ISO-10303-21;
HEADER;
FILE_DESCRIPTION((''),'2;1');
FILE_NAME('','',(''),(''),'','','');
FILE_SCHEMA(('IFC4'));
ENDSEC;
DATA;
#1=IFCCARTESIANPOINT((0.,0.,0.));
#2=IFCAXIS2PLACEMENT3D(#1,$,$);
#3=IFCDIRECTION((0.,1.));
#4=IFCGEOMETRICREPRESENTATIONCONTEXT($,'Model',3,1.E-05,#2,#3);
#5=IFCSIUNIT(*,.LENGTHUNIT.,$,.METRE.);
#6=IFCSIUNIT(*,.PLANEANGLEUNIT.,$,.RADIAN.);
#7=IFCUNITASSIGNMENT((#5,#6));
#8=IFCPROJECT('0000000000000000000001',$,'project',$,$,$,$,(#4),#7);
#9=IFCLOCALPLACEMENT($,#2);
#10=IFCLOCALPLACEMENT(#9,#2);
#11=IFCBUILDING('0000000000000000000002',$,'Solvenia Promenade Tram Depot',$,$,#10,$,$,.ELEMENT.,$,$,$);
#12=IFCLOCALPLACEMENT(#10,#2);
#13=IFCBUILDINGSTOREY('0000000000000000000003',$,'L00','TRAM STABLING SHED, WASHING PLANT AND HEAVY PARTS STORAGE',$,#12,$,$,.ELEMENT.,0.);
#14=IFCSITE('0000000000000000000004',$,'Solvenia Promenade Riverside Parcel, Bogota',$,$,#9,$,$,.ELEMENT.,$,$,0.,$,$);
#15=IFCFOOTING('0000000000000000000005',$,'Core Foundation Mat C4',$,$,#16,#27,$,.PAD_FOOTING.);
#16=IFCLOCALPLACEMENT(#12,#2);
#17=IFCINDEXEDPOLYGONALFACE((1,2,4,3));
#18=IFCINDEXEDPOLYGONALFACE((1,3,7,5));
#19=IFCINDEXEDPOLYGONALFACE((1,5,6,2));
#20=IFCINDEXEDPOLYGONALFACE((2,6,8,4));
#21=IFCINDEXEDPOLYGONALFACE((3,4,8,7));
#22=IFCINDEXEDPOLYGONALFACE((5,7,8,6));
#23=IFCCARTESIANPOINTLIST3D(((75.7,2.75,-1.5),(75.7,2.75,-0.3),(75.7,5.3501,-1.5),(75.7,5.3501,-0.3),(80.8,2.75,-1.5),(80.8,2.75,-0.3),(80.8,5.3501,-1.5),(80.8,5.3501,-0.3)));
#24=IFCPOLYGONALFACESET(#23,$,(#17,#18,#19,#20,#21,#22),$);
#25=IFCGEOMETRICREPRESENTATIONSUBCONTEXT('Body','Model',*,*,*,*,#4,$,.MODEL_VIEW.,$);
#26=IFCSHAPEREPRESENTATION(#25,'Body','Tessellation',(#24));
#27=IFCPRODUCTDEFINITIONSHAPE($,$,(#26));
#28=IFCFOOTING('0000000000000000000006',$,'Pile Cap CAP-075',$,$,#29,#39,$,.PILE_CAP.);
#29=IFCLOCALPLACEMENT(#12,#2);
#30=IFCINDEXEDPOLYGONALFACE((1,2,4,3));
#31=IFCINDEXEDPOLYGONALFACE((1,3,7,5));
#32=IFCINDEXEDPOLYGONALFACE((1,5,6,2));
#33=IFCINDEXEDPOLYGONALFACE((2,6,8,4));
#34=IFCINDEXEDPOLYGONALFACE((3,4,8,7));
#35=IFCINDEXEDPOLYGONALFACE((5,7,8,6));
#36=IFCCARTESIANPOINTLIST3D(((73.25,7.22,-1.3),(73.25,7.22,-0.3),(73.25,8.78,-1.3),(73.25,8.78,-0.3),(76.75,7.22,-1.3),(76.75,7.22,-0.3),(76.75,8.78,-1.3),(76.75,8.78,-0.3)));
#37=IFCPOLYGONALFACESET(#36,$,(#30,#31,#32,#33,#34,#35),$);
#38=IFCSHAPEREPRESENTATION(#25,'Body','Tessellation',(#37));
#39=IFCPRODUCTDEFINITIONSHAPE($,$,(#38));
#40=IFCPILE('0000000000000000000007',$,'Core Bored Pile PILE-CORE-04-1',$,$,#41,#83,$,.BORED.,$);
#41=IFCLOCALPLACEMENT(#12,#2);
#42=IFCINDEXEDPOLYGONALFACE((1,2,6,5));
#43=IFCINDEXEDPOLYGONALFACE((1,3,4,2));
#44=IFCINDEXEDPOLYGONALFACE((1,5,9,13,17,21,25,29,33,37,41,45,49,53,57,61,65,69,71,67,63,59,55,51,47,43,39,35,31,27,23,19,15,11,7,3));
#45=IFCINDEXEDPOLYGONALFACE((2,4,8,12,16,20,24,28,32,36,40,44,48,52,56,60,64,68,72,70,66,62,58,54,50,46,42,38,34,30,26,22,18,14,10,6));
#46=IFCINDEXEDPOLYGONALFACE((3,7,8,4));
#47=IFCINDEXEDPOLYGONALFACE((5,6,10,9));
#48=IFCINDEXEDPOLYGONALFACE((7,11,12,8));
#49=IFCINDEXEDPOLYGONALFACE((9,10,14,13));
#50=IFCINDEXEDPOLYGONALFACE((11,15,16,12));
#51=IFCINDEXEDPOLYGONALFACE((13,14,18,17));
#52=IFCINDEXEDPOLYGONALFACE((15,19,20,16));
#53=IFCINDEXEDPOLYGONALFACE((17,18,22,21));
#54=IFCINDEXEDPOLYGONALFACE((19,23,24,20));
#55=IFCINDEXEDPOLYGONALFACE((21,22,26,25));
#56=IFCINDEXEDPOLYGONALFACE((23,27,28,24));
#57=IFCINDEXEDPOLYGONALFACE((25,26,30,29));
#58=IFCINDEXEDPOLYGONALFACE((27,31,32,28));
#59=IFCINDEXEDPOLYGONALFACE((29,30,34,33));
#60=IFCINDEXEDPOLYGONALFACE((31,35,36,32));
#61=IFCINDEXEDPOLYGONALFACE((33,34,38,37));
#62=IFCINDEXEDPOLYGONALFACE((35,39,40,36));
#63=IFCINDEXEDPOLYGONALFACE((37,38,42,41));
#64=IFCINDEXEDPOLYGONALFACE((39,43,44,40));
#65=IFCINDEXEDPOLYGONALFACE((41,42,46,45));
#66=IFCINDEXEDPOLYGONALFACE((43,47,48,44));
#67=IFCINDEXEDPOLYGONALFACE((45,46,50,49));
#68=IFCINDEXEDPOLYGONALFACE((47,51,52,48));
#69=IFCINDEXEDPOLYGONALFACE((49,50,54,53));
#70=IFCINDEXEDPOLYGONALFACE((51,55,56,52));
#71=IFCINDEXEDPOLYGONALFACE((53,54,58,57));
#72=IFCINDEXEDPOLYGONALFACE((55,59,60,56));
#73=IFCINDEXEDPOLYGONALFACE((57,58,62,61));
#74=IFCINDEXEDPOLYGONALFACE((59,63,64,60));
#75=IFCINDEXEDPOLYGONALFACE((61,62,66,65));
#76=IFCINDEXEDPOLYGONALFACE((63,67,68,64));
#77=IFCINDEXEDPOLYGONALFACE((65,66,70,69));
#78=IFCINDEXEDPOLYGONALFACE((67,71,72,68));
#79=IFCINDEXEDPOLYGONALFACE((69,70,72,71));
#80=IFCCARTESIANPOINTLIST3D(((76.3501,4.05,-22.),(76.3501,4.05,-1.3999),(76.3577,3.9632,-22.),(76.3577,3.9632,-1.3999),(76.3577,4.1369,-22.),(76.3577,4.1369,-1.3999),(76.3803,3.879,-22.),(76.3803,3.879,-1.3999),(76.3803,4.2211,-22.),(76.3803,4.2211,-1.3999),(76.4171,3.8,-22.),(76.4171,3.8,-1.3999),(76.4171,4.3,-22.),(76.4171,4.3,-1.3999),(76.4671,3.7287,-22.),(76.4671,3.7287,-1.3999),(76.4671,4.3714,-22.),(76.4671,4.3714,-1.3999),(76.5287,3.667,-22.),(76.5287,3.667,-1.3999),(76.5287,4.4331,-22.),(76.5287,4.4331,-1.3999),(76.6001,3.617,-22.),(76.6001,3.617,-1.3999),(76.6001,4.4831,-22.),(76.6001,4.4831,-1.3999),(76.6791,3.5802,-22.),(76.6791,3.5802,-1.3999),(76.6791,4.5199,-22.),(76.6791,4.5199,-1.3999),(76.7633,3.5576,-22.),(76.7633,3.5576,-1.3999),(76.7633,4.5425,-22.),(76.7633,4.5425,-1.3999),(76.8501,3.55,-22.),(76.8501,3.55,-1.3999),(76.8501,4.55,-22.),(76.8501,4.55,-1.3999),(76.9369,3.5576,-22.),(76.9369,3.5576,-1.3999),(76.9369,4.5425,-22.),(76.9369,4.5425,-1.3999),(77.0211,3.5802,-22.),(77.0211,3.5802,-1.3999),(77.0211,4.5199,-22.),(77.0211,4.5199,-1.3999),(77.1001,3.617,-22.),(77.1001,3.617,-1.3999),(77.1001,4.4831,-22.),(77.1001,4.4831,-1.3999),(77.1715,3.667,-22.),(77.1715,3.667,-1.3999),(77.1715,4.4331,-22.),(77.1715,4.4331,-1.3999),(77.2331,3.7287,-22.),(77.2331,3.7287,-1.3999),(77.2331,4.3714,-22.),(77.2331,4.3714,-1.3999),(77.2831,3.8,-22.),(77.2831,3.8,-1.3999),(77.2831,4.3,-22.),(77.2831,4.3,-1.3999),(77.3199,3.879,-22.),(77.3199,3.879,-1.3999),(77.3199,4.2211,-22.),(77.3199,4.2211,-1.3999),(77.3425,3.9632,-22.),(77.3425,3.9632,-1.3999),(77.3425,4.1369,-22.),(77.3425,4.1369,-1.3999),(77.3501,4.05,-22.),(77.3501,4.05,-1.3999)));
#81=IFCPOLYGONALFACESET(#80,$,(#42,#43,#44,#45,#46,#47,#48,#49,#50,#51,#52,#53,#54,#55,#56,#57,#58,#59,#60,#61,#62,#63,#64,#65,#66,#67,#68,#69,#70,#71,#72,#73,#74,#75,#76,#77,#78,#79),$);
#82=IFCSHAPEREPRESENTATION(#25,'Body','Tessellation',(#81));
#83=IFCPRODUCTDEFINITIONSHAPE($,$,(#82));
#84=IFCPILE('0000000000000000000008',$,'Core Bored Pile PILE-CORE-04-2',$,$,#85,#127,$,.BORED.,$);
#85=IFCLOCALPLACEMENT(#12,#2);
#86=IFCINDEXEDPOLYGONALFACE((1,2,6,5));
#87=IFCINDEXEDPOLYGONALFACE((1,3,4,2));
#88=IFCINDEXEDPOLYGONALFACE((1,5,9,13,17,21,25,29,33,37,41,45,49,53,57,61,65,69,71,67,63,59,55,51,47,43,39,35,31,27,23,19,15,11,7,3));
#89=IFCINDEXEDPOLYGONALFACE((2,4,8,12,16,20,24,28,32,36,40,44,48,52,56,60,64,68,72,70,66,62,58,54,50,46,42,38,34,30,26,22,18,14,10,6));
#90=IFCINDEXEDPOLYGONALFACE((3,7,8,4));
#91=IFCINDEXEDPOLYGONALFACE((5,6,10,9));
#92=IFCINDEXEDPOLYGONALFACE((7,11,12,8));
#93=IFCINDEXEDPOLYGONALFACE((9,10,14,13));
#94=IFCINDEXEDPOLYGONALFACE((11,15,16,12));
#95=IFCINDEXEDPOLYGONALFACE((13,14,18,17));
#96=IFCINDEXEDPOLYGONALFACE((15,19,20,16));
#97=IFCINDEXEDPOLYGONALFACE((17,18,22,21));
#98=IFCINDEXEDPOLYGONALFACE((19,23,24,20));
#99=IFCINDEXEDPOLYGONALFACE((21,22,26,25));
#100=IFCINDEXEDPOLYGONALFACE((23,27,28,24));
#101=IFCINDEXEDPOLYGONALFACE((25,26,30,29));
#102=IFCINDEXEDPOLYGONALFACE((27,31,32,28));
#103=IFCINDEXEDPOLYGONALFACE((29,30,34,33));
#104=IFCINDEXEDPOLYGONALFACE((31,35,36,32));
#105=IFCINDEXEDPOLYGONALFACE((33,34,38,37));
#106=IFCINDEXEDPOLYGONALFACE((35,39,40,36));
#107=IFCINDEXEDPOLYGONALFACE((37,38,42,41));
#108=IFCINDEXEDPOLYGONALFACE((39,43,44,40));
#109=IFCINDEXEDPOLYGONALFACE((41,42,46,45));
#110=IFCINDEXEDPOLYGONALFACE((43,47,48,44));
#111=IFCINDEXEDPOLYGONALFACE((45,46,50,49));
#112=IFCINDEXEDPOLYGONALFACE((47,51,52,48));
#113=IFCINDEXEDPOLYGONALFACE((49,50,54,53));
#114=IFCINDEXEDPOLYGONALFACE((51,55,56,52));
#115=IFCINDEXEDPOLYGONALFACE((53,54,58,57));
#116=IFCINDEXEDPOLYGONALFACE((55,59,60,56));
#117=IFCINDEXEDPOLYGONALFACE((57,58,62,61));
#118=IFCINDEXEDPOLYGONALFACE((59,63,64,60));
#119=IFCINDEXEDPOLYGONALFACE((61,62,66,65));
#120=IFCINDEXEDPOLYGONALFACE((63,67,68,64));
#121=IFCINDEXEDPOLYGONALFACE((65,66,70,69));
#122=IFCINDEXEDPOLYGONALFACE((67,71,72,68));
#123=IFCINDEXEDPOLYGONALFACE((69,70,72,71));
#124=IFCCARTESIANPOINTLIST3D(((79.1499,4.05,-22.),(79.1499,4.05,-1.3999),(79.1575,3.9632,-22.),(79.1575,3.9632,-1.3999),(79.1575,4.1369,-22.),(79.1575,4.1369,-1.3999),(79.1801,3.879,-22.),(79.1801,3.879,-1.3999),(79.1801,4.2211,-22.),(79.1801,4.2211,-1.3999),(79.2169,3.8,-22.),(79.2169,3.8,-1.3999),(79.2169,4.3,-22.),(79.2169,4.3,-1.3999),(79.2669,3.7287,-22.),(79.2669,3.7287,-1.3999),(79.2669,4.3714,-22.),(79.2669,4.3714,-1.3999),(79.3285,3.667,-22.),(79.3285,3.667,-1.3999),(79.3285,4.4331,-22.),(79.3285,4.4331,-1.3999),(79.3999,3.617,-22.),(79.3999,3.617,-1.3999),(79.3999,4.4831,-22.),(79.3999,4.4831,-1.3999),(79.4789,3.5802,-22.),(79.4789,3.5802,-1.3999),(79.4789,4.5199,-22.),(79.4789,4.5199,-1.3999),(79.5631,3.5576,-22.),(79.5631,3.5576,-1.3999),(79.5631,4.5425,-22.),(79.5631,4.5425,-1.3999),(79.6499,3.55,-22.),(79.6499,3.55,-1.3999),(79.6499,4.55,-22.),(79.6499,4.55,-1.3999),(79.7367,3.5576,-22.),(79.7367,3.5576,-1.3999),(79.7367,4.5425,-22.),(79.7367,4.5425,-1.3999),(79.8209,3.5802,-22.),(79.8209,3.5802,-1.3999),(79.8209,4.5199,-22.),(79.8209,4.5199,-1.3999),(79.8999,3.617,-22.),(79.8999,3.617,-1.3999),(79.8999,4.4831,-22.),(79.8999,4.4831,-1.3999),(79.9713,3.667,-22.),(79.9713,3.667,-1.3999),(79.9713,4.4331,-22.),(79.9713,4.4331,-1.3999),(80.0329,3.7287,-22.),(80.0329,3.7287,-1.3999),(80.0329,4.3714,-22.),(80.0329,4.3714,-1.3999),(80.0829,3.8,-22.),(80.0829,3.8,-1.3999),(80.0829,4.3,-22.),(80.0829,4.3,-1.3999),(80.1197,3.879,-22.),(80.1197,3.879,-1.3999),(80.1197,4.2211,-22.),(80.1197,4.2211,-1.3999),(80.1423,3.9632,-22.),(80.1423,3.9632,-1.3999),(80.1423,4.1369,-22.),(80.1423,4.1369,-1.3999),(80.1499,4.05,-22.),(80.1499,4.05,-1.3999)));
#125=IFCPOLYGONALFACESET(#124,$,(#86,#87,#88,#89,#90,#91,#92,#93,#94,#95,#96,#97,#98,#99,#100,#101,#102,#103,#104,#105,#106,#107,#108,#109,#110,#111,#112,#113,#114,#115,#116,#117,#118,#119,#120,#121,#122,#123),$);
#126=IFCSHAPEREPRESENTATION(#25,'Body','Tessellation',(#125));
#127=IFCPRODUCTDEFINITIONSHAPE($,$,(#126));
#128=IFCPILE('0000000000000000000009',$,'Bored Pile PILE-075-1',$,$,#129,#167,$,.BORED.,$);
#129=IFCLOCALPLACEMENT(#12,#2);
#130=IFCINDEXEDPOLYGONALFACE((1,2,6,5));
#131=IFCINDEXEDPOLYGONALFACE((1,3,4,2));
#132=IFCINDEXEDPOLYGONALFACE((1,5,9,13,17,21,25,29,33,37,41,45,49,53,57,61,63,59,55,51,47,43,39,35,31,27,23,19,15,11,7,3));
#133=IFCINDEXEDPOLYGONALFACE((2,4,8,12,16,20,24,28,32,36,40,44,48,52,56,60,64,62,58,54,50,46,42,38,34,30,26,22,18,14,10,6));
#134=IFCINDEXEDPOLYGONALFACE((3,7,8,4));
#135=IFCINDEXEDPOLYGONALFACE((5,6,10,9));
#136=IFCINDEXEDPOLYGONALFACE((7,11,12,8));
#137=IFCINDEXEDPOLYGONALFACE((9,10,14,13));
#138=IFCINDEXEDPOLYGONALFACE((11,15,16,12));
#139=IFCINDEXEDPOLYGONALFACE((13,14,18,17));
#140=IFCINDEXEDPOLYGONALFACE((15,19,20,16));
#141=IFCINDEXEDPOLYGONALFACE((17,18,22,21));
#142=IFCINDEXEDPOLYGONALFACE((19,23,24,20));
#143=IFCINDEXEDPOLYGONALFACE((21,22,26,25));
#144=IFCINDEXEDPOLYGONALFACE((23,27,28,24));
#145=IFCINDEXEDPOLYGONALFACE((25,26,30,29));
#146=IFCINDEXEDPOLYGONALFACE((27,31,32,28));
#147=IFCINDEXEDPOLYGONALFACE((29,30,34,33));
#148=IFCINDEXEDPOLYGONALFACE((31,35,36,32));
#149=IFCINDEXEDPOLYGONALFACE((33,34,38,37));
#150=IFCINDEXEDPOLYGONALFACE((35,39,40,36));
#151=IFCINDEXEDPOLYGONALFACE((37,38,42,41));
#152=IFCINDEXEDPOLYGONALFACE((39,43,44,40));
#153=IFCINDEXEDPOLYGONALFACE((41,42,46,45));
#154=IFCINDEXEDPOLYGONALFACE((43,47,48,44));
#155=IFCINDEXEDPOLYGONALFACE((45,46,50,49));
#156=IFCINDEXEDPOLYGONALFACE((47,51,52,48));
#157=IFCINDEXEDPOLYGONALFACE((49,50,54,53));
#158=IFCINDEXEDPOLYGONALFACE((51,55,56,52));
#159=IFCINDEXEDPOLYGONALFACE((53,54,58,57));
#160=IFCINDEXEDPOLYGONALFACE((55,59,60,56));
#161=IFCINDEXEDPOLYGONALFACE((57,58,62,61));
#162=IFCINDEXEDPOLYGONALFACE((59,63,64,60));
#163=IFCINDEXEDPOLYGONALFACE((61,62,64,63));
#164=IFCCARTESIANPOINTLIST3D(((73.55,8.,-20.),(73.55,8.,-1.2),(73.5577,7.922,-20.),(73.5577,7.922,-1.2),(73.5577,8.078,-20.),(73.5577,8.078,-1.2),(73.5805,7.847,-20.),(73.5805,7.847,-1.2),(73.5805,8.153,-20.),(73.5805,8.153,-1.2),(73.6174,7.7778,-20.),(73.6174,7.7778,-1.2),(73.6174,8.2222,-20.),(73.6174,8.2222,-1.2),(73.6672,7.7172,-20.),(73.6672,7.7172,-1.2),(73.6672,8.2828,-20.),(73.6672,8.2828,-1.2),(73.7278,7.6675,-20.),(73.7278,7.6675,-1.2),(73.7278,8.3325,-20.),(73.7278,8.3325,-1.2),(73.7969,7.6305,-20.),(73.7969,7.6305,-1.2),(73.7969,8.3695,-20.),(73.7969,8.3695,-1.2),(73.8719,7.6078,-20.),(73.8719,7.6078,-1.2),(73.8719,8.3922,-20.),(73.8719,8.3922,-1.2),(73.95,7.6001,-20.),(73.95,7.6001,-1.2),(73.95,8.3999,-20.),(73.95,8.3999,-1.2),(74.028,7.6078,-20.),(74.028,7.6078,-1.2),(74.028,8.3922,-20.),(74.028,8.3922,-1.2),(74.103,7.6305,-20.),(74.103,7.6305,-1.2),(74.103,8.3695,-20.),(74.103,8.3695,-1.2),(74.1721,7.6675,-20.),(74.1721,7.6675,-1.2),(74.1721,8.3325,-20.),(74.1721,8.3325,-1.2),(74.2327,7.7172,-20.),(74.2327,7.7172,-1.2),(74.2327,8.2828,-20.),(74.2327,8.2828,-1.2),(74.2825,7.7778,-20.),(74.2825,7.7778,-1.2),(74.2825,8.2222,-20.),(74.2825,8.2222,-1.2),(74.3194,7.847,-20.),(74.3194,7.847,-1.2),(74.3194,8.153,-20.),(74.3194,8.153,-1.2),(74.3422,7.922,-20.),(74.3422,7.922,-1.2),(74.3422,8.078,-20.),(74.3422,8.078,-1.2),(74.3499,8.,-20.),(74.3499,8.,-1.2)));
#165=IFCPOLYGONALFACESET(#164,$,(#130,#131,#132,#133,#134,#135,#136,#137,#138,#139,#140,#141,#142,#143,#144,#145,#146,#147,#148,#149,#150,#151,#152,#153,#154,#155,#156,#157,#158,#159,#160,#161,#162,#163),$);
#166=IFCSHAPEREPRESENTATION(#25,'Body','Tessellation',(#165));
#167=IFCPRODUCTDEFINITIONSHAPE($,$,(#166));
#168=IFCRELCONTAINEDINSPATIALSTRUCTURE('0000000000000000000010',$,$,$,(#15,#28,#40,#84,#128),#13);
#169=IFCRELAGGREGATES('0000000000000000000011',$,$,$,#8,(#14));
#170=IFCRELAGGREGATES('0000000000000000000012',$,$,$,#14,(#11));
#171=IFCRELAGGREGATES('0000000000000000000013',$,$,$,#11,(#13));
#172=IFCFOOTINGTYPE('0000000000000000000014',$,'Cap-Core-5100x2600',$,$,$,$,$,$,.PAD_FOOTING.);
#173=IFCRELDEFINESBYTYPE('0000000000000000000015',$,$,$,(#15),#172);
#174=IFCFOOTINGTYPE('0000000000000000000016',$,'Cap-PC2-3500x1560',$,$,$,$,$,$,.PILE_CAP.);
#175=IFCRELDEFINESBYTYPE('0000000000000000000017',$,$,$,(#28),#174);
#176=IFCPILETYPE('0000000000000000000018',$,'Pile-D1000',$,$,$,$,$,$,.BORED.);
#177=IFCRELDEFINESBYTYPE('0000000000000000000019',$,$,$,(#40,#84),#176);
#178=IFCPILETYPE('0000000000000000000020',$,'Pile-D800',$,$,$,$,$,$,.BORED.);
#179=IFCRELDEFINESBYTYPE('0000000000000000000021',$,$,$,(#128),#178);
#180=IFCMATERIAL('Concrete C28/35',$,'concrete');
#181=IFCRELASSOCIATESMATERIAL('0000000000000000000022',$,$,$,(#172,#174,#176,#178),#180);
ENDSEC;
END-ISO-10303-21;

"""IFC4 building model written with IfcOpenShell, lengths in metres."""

from ifc_helpers import new_model, si_unit, direction, frame, origin, origin_2d, place, context, subcontext, project, spatial, rectangle, circle, extrude, material, material_profile, profile_set, type_object, element, save


model = new_model("IFC4")

# Units and contexts
model_context = context("Model", 3, precision=1e-05, world=origin(), true_north=direction((0.0, 1.0)))
body_context = subcontext(model_context, "Body", "Model", "MODEL_VIEW")
ifc_project = project(units=[si_unit("LENGTHUNIT", "METRE"), si_unit("PLANEANGLEUNIT", "RADIAN")], contexts=[model_context])

# Site, building, storey
site_placement = place(None, origin())
site = spatial("IfcSite", under=ifc_project, at=site_placement, Name="Solvenia Promenade Riverside Parcel, Bogota", CompositionType="ELEMENT", RefElevation=0.0)
building_placement = place(site_placement, origin())
building = spatial("IfcBuilding", under=site, at=building_placement, Name="Solvenia Promenade Tram Depot", CompositionType="ELEMENT")
storey_placement = place(building_placement, origin())
storey = spatial("IfcBuildingStorey", under=building, at=storey_placement, Name="L00", Description="TRAM STABLING SHED, WASHING PLANT AND HEAVY PARTS STORAGE", CompositionType="ELEMENT", Elevation=0.0)

# Footings
ifc_material_1 = material(Name="Concrete C28/35", Category="concrete")
footing_type_1 = type_object("IfcFootingType", Name="Cap-Core-5100x2600", PredefinedType="PAD_FOOTING", material=ifc_material_1)
footing_1_placement = place(storey_placement, frame((78.25, 4.05, -1.5), z_axis=(0.0, 0.0, 1.0), x_axis=(1.0, 0.0, 0.0)))
element("IfcFooting", 1, at=footing_1_placement, inside=storey, type_object=footing_type_1, Name="Core Foundation Mat C4", PredefinedType="PAD_FOOTING", context=body_context, shape_type="SweptSolid", body=[
    extrude(rectangle(XDim=5.1001, YDim=2.6001, at=origin_2d()), origin(), (0.0, 0.0, 1.0), 1.2),
])
footing_type_2 = type_object("IfcFootingType", Name="Cap-PC2-3500x1560", PredefinedType="PILE_CAP", material=ifc_material_1)
footing_2_placement = place(storey_placement, frame((75.0, 8.0, -1.3), z_axis=(0.0, 0.0, 1.0), x_axis=(1.0, 0.0, 0.0)))
element("IfcFooting", 2, at=footing_2_placement, inside=storey, type_object=footing_type_2, Name="Pile Cap CAP-075", PredefinedType="PILE_CAP", context=body_context, shape_type="SweptSolid", body=[
    extrude(rectangle(XDim=3.5, YDim=1.5601, at=origin_2d()), origin(), (0.0, 0.0, 1.0), 1.0),
])

# Piles
ifc_material_profile_1 = material_profile(ifc_material_1, circle(Radius=0.5, at=origin_2d()), Name="D1000", Category="concrete")
ifc_profile_set_1 = profile_set([ifc_material_profile_1], Name="Concrete C28/35")
pile_type_1 = type_object("IfcPileType", Name="Pile-D1000", PredefinedType="BORED", material=ifc_profile_set_1)
for number, where, z_axis, x_axis, name in (
    (3, (76.8501, 4.05, -1.3999), (0.0, 0.0, -1.0), (1.0, 0.0, 0.0), "Core Bored Pile PILE-CORE-04-1"),
    (4, (79.6499, 4.05, -1.3999), (0.0, 0.0, -1.0), (1.0, 0.0, 0.0), "Core Bored Pile PILE-CORE-04-2"),
):
    element("IfcPile", number, at=place(storey_placement, frame(where, z_axis=z_axis, x_axis=x_axis)), inside=storey, type_object=pile_type_1, Name=name, PredefinedType="BORED", context=body_context, shape_type="SweptSolid", body=[
        extrude(circle(Radius=0.5, at=origin_2d()), origin(), (0.0, 0.0, 1.0), 20.6001),
    ])
ifc_material_profile_2 = material_profile(ifc_material_1, circle(Radius=0.3999, at=origin_2d()), Name="D800", Category="concrete")
ifc_profile_set_2 = profile_set([ifc_material_profile_2], Name="Concrete C28/35")
pile_type_2 = type_object("IfcPileType", Name="Pile-D800", PredefinedType="BORED", material=ifc_profile_set_2)
for number, where, z_axis, x_axis, name in (
    (5, (73.95, 8.0, -1.2), (0.0, 0.0, -1.0), (1.0, 0.0, 0.0), "Bored Pile PILE-075-1"),
):
    element("IfcPile", number, at=place(storey_placement, frame(where, z_axis=z_axis, x_axis=x_axis)), inside=storey, type_object=pile_type_2, Name=name, PredefinedType="BORED", context=body_context, shape_type="SweptSolid", body=[
        extrude(circle(Radius=0.3999, at=origin_2d()), origin(), (0.0, 0.0, 1.0), 18.8),
    ])

save(model, "model.ifc")
